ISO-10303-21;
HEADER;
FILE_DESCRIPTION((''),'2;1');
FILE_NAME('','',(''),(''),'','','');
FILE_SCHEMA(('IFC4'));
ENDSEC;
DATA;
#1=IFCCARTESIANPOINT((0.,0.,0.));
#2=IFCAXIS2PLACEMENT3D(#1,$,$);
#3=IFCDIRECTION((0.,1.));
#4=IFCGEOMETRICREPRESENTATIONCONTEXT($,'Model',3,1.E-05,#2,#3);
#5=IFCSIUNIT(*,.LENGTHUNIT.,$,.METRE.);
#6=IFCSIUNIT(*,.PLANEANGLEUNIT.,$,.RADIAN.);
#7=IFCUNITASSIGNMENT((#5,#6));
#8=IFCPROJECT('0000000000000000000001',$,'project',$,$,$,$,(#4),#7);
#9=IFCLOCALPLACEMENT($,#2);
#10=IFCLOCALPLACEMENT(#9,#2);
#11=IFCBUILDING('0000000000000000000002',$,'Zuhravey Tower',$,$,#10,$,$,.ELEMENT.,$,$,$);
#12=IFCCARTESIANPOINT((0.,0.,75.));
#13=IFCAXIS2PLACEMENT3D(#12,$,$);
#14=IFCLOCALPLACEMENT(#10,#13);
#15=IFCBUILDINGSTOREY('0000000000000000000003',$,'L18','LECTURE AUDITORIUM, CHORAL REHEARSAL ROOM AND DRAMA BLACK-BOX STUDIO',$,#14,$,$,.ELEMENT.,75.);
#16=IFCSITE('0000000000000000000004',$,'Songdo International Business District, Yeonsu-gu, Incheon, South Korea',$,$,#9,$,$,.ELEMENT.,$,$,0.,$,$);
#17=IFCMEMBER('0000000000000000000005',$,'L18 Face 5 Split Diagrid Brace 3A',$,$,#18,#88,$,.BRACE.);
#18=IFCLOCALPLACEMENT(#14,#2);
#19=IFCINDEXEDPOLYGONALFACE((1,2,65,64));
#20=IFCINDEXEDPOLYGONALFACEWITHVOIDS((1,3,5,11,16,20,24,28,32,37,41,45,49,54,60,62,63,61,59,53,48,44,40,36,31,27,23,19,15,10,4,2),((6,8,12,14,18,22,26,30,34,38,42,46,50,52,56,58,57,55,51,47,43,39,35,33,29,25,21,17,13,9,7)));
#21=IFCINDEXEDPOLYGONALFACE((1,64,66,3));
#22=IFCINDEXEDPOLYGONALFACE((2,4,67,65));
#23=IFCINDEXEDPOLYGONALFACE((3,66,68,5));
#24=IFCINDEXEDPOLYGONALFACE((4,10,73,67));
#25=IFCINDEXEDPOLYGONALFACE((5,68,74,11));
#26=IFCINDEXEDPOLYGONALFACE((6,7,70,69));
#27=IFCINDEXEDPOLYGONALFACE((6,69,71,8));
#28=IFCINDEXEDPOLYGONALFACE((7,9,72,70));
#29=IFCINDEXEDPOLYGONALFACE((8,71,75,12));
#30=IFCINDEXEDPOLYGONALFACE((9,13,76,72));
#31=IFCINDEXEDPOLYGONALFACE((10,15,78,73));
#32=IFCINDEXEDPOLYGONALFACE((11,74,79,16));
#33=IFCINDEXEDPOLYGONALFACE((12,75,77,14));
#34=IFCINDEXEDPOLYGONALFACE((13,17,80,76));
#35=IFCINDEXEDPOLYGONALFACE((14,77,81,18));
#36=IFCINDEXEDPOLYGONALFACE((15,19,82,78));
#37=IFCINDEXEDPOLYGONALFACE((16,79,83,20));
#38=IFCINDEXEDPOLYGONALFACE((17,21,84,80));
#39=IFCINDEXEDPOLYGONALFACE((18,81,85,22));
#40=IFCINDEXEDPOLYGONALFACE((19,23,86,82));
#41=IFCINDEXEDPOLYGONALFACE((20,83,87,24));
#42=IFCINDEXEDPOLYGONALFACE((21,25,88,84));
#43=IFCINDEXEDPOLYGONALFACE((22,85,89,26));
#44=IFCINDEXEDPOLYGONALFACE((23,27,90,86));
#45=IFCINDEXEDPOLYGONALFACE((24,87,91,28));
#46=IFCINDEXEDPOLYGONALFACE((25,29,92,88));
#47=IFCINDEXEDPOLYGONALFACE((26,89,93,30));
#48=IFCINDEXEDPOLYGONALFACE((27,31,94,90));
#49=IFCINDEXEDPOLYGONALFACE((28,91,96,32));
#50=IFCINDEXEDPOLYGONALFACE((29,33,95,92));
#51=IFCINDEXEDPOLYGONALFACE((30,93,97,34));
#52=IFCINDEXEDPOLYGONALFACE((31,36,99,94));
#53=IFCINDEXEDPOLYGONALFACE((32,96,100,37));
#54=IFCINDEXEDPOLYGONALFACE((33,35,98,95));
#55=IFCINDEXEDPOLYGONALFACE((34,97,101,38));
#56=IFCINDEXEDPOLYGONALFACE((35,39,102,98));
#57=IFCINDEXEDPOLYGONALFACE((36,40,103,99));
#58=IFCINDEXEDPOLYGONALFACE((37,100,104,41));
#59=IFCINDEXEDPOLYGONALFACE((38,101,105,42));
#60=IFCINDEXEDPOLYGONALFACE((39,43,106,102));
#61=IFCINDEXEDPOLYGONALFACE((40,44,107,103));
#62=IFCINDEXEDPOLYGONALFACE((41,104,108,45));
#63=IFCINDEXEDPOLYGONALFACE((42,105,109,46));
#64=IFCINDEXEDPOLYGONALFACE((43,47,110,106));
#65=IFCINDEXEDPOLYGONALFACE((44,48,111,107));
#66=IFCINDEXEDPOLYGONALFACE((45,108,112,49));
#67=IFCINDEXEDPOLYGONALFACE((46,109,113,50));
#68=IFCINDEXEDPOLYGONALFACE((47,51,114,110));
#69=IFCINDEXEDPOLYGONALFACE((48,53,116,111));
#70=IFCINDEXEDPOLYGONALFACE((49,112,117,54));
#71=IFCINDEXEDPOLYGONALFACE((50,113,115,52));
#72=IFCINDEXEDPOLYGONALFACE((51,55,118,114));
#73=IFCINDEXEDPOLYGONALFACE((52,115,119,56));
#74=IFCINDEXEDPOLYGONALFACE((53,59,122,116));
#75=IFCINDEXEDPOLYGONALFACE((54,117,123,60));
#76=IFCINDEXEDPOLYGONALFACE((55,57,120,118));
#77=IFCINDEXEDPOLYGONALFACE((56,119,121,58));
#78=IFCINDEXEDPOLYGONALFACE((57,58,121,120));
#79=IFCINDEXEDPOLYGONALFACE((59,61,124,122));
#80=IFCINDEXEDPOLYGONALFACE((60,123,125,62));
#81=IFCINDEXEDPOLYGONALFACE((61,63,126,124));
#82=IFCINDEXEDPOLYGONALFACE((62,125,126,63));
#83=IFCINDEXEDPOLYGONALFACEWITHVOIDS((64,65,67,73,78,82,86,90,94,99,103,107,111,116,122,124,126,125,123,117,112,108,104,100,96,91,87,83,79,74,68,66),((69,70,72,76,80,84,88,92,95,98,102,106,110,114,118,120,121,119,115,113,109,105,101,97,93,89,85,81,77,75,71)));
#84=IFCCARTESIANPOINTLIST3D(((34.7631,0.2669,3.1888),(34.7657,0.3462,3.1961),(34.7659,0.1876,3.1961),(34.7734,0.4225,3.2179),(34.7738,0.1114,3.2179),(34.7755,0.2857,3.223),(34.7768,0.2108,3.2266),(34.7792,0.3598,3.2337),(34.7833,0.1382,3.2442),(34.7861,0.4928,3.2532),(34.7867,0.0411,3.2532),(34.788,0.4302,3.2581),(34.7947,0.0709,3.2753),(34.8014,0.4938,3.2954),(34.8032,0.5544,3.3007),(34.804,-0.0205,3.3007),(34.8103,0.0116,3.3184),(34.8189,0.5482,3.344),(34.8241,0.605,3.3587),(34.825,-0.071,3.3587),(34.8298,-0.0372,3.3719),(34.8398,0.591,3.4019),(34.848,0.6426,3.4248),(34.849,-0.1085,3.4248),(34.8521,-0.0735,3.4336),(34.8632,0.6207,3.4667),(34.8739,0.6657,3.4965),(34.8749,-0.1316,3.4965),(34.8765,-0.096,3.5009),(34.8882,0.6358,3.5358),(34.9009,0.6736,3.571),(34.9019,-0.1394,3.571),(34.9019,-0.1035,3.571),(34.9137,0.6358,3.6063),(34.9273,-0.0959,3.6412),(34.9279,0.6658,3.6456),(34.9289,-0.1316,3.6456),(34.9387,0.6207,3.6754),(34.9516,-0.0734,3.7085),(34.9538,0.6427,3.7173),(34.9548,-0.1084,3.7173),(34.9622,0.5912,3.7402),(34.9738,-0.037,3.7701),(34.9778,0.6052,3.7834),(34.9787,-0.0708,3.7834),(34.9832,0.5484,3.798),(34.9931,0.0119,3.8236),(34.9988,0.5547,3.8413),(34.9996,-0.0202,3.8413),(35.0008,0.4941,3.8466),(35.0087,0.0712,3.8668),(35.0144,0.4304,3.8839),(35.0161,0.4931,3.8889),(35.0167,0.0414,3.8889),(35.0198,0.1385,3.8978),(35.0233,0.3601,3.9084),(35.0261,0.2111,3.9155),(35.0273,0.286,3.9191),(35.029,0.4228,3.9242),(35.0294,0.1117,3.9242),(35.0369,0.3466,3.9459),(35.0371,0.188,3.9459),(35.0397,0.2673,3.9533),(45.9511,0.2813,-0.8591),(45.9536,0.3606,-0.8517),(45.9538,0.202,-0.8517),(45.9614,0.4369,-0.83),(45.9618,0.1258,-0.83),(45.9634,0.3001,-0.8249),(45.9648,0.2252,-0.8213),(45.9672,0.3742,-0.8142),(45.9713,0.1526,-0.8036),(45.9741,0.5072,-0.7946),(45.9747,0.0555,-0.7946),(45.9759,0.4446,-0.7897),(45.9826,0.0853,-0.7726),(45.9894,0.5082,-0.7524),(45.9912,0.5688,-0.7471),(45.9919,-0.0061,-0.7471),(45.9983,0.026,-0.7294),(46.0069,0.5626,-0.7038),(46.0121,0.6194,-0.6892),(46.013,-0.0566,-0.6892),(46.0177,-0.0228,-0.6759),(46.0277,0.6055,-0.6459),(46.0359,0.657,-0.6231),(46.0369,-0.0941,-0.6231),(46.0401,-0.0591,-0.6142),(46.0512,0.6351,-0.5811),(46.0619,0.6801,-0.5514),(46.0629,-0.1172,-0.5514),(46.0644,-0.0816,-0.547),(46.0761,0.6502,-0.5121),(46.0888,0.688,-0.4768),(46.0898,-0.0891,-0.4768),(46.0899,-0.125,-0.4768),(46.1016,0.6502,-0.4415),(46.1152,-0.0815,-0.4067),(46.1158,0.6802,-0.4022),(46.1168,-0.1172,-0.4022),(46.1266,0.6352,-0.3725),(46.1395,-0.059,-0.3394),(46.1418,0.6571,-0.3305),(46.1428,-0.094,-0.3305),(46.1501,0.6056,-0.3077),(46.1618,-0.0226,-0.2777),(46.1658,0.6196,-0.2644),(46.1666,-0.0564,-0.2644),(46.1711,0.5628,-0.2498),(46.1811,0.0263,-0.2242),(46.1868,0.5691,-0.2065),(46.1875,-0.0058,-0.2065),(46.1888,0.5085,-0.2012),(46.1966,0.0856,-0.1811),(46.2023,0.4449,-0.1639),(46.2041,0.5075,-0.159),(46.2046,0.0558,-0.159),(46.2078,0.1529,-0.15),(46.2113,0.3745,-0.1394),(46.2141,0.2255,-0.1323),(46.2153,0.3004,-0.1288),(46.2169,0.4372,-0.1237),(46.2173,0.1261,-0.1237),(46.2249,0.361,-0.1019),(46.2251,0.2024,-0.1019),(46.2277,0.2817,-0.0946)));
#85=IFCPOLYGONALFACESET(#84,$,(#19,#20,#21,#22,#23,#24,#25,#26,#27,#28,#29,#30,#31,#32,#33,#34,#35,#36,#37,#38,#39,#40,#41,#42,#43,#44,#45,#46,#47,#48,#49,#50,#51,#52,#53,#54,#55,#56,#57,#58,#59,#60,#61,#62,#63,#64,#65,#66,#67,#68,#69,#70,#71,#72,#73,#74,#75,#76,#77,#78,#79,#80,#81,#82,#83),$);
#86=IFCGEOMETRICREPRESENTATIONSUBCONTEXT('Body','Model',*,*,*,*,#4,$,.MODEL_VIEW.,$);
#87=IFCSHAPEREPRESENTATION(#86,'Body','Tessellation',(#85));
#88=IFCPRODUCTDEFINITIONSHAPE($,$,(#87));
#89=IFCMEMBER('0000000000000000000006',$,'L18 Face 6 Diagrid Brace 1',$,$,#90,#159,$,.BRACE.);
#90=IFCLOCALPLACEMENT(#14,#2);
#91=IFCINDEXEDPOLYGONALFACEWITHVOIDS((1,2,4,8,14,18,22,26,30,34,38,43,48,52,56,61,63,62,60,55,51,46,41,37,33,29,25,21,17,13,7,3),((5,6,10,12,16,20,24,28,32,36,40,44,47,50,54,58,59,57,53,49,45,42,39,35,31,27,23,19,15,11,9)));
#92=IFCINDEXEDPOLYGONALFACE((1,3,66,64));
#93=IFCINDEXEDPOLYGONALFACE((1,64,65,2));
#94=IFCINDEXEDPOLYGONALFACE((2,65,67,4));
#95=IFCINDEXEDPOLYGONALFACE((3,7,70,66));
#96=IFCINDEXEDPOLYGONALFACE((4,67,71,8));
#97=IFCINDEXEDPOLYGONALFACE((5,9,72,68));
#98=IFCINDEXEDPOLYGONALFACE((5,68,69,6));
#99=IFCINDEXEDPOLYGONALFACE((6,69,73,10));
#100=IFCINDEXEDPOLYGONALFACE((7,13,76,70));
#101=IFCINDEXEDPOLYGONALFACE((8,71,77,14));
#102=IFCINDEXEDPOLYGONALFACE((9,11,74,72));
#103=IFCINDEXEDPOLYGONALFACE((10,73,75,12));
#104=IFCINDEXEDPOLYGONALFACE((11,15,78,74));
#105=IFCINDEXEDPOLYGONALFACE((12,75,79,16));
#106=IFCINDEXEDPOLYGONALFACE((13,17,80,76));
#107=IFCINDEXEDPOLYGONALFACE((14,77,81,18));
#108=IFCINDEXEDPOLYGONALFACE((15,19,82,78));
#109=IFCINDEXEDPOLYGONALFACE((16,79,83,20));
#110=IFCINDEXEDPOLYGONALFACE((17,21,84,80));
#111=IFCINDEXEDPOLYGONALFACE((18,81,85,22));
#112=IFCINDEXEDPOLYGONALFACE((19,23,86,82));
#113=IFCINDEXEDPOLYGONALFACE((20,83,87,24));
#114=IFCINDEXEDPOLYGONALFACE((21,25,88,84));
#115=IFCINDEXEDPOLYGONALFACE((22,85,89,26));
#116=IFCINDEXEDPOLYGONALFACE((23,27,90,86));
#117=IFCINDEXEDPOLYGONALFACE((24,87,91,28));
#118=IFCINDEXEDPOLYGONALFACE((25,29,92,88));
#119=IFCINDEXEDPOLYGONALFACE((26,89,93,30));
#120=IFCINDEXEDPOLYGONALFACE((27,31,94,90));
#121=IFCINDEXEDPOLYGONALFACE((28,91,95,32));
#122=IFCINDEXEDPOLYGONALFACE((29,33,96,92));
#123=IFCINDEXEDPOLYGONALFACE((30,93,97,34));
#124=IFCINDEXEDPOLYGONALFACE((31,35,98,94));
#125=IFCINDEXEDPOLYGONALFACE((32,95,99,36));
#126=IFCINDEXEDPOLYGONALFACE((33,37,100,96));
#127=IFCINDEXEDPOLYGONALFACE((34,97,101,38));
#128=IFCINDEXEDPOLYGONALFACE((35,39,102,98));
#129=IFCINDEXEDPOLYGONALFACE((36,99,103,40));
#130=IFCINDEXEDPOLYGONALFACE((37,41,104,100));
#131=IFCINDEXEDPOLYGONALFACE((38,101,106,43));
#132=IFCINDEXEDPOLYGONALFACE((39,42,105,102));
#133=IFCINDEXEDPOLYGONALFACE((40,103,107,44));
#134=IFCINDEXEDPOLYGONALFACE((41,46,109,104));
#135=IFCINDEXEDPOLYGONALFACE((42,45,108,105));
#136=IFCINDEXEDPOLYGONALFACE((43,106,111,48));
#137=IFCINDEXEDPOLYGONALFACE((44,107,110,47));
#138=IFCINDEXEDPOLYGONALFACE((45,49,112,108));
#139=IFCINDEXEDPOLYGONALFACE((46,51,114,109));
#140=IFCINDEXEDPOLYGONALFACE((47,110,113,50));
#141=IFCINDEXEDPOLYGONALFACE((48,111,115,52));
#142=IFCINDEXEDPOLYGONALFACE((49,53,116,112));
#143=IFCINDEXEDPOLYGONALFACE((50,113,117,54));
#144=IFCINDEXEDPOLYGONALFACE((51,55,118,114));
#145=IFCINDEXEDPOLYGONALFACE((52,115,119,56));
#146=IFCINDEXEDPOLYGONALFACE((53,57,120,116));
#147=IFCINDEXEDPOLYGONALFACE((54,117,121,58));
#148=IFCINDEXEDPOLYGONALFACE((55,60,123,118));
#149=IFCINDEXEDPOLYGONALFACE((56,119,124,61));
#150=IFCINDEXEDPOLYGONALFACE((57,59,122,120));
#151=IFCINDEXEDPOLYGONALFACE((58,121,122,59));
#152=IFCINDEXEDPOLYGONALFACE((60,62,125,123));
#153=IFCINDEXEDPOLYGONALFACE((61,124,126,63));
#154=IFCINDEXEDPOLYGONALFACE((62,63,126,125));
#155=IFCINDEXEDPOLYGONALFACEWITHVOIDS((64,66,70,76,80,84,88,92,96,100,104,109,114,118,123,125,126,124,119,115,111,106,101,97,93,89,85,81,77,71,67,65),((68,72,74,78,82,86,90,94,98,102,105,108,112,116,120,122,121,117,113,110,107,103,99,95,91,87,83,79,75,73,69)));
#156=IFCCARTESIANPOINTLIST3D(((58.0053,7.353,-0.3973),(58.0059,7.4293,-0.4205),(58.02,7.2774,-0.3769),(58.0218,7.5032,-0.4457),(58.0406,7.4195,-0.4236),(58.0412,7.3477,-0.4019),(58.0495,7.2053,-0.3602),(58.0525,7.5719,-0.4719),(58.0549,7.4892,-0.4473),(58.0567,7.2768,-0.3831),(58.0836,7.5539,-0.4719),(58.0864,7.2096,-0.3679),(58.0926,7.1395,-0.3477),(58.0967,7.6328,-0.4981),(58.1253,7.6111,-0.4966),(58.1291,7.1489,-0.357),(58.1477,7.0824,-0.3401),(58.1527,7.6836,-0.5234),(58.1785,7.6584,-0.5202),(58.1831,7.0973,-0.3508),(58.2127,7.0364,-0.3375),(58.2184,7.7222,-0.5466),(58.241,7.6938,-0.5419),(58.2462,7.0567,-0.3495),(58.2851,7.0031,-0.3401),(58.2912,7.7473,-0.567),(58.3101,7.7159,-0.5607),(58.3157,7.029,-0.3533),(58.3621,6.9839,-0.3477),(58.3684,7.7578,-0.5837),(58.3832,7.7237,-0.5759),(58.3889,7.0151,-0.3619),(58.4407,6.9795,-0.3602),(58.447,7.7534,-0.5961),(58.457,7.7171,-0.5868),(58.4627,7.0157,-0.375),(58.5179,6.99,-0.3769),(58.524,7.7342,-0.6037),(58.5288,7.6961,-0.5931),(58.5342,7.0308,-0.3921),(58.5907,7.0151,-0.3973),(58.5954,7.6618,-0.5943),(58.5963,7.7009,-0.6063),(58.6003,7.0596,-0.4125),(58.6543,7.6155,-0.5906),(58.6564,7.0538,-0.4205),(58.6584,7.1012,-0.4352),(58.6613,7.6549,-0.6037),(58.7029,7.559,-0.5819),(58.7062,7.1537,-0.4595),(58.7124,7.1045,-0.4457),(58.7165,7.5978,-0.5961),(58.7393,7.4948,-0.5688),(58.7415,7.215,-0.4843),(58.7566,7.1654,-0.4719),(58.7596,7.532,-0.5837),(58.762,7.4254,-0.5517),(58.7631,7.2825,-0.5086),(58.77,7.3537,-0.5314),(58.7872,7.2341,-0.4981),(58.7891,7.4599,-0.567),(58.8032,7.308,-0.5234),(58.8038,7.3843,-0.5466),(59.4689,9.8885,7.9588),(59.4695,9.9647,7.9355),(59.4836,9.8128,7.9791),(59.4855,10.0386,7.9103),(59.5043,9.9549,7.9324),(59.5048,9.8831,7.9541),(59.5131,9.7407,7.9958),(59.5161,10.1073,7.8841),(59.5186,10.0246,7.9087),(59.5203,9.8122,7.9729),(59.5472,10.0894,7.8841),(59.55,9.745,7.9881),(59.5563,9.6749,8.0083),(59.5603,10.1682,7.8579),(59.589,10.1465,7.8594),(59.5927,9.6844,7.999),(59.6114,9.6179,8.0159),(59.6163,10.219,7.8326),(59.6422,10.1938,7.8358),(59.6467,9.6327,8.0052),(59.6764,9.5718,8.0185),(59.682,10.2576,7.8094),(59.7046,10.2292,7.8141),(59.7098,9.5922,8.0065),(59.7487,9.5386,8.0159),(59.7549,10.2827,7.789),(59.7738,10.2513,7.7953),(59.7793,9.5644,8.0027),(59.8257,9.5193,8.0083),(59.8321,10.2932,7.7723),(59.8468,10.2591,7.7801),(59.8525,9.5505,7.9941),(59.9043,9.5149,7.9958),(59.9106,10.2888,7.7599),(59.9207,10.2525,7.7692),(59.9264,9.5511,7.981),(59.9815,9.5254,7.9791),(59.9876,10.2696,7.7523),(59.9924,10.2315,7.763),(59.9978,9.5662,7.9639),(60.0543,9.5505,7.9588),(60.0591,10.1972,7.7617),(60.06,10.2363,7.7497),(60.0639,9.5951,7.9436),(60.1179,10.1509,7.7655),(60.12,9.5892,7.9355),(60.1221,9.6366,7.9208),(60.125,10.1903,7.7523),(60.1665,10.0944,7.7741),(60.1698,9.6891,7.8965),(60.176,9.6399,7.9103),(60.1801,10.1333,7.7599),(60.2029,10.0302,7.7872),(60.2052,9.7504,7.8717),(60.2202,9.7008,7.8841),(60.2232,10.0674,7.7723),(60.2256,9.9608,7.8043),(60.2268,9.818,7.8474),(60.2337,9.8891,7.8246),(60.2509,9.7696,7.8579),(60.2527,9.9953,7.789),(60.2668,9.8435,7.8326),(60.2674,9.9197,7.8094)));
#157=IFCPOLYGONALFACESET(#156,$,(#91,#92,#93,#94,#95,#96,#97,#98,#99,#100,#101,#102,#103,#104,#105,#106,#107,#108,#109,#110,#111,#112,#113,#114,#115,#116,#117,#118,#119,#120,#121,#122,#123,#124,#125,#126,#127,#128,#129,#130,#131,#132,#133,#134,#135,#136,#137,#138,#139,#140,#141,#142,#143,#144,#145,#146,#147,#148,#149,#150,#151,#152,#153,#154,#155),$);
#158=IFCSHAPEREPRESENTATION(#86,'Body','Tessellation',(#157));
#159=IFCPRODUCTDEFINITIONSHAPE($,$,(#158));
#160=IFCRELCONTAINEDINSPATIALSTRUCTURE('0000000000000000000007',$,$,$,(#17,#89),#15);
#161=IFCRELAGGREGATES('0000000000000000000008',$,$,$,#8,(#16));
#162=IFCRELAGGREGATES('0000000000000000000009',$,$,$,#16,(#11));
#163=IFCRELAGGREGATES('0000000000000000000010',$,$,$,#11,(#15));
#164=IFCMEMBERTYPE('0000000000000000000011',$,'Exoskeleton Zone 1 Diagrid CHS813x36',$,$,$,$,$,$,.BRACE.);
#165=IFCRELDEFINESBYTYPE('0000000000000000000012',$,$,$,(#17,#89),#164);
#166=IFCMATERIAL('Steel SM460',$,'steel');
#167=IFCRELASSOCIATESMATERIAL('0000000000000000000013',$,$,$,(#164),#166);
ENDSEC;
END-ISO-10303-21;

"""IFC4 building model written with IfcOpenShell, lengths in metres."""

from ifc_helpers import new_model, si_unit, direction, frame, origin, origin_2d, place, context, subcontext, project, spatial, hollow_circle, extrude, material, material_profile, profile_set, type_object, element, save


model = new_model("IFC4")

# Units and contexts
model_context = context("Model", 3, precision=1e-05, world=origin(), true_north=direction((0.0, 1.0)))
body_context = subcontext(model_context, "Body", "Model", "MODEL_VIEW")
ifc_project = project(units=[si_unit("LENGTHUNIT", "METRE"), si_unit("PLANEANGLEUNIT", "RADIAN")], contexts=[model_context])

# Site, building, storey
site_placement = place(None, origin())
site = spatial("IfcSite", under=ifc_project, at=site_placement, Name="Songdo International Business District, Yeonsu-gu, Incheon, South Korea", CompositionType="ELEMENT", RefElevation=0.0)
building_placement = place(site_placement, origin())
building = spatial("IfcBuilding", under=site, at=building_placement, Name="Zuhravey Tower", CompositionType="ELEMENT")
storey_placement = place(building_placement, frame((0.0, 0.0, 75.0)))
storey = spatial("IfcBuildingStorey", under=building, at=storey_placement, Name="L18", Description="LECTURE AUDITORIUM, CHORAL REHEARSAL ROOM AND DRAMA BLACK-BOX STUDIO", CompositionType="ELEMENT", Elevation=75.0)

# Members
ifc_material_1 = material(Name="Steel SM460", Category="steel")
ifc_material_profile_1 = material_profile(ifc_material_1, hollow_circle(Radius=0.4065, WallThickness=0.0359, at=origin_2d()), Name="CHS-812.8x36")
ifc_profile_set_1 = profile_set([ifc_material_profile_1], Name="Steel SM460")
member_type_1 = type_object("IfcMemberType", Name="Exoskeleton Zone 1 Diagrid CHS813x36", PredefinedType="BRACE", material=ifc_profile_set_1)
member_1_placement = place(storey_placement, frame((46.0894, 0.2815, -0.4768), z_axis=(-0.940345, -0.001211, 0.34022), x_axis=(0.001287, -0.999999, 0.0)))
element("IfcMember", 1, at=member_1_placement, inside=storey, type_object=member_type_1, Name="L18 Face 5 Split Diagrid Brace 3A", PredefinedType="BRACE", context=body_context, shape_type="SweptSolid", body=[
    extrude(hollow_circle(Radius=0.4065, WallThickness=0.0359, at=origin_2d()), origin(), (0.0, 0.0, 1.0), 11.8977),
])
member_2_placement = place(storey_placement, frame((58.4045, 7.3687, -0.4719), z_axis=(0.165307, 0.286358, 0.943755), x_axis=(-0.866054, 0.499951, 0.0)))
element("IfcMember", 2, at=member_2_placement, inside=storey, type_object=member_type_1, Name="L18 Face 6 Diagrid Brace 1", PredefinedType="BRACE", context=body_context, shape_type="SweptSolid", body=[
    extrude(hollow_circle(Radius=0.4065, WallThickness=0.0359, at=origin_2d()), origin(), (0.0, 0.0, 1.0), 8.854),
])

save(model, "model.ifc")
